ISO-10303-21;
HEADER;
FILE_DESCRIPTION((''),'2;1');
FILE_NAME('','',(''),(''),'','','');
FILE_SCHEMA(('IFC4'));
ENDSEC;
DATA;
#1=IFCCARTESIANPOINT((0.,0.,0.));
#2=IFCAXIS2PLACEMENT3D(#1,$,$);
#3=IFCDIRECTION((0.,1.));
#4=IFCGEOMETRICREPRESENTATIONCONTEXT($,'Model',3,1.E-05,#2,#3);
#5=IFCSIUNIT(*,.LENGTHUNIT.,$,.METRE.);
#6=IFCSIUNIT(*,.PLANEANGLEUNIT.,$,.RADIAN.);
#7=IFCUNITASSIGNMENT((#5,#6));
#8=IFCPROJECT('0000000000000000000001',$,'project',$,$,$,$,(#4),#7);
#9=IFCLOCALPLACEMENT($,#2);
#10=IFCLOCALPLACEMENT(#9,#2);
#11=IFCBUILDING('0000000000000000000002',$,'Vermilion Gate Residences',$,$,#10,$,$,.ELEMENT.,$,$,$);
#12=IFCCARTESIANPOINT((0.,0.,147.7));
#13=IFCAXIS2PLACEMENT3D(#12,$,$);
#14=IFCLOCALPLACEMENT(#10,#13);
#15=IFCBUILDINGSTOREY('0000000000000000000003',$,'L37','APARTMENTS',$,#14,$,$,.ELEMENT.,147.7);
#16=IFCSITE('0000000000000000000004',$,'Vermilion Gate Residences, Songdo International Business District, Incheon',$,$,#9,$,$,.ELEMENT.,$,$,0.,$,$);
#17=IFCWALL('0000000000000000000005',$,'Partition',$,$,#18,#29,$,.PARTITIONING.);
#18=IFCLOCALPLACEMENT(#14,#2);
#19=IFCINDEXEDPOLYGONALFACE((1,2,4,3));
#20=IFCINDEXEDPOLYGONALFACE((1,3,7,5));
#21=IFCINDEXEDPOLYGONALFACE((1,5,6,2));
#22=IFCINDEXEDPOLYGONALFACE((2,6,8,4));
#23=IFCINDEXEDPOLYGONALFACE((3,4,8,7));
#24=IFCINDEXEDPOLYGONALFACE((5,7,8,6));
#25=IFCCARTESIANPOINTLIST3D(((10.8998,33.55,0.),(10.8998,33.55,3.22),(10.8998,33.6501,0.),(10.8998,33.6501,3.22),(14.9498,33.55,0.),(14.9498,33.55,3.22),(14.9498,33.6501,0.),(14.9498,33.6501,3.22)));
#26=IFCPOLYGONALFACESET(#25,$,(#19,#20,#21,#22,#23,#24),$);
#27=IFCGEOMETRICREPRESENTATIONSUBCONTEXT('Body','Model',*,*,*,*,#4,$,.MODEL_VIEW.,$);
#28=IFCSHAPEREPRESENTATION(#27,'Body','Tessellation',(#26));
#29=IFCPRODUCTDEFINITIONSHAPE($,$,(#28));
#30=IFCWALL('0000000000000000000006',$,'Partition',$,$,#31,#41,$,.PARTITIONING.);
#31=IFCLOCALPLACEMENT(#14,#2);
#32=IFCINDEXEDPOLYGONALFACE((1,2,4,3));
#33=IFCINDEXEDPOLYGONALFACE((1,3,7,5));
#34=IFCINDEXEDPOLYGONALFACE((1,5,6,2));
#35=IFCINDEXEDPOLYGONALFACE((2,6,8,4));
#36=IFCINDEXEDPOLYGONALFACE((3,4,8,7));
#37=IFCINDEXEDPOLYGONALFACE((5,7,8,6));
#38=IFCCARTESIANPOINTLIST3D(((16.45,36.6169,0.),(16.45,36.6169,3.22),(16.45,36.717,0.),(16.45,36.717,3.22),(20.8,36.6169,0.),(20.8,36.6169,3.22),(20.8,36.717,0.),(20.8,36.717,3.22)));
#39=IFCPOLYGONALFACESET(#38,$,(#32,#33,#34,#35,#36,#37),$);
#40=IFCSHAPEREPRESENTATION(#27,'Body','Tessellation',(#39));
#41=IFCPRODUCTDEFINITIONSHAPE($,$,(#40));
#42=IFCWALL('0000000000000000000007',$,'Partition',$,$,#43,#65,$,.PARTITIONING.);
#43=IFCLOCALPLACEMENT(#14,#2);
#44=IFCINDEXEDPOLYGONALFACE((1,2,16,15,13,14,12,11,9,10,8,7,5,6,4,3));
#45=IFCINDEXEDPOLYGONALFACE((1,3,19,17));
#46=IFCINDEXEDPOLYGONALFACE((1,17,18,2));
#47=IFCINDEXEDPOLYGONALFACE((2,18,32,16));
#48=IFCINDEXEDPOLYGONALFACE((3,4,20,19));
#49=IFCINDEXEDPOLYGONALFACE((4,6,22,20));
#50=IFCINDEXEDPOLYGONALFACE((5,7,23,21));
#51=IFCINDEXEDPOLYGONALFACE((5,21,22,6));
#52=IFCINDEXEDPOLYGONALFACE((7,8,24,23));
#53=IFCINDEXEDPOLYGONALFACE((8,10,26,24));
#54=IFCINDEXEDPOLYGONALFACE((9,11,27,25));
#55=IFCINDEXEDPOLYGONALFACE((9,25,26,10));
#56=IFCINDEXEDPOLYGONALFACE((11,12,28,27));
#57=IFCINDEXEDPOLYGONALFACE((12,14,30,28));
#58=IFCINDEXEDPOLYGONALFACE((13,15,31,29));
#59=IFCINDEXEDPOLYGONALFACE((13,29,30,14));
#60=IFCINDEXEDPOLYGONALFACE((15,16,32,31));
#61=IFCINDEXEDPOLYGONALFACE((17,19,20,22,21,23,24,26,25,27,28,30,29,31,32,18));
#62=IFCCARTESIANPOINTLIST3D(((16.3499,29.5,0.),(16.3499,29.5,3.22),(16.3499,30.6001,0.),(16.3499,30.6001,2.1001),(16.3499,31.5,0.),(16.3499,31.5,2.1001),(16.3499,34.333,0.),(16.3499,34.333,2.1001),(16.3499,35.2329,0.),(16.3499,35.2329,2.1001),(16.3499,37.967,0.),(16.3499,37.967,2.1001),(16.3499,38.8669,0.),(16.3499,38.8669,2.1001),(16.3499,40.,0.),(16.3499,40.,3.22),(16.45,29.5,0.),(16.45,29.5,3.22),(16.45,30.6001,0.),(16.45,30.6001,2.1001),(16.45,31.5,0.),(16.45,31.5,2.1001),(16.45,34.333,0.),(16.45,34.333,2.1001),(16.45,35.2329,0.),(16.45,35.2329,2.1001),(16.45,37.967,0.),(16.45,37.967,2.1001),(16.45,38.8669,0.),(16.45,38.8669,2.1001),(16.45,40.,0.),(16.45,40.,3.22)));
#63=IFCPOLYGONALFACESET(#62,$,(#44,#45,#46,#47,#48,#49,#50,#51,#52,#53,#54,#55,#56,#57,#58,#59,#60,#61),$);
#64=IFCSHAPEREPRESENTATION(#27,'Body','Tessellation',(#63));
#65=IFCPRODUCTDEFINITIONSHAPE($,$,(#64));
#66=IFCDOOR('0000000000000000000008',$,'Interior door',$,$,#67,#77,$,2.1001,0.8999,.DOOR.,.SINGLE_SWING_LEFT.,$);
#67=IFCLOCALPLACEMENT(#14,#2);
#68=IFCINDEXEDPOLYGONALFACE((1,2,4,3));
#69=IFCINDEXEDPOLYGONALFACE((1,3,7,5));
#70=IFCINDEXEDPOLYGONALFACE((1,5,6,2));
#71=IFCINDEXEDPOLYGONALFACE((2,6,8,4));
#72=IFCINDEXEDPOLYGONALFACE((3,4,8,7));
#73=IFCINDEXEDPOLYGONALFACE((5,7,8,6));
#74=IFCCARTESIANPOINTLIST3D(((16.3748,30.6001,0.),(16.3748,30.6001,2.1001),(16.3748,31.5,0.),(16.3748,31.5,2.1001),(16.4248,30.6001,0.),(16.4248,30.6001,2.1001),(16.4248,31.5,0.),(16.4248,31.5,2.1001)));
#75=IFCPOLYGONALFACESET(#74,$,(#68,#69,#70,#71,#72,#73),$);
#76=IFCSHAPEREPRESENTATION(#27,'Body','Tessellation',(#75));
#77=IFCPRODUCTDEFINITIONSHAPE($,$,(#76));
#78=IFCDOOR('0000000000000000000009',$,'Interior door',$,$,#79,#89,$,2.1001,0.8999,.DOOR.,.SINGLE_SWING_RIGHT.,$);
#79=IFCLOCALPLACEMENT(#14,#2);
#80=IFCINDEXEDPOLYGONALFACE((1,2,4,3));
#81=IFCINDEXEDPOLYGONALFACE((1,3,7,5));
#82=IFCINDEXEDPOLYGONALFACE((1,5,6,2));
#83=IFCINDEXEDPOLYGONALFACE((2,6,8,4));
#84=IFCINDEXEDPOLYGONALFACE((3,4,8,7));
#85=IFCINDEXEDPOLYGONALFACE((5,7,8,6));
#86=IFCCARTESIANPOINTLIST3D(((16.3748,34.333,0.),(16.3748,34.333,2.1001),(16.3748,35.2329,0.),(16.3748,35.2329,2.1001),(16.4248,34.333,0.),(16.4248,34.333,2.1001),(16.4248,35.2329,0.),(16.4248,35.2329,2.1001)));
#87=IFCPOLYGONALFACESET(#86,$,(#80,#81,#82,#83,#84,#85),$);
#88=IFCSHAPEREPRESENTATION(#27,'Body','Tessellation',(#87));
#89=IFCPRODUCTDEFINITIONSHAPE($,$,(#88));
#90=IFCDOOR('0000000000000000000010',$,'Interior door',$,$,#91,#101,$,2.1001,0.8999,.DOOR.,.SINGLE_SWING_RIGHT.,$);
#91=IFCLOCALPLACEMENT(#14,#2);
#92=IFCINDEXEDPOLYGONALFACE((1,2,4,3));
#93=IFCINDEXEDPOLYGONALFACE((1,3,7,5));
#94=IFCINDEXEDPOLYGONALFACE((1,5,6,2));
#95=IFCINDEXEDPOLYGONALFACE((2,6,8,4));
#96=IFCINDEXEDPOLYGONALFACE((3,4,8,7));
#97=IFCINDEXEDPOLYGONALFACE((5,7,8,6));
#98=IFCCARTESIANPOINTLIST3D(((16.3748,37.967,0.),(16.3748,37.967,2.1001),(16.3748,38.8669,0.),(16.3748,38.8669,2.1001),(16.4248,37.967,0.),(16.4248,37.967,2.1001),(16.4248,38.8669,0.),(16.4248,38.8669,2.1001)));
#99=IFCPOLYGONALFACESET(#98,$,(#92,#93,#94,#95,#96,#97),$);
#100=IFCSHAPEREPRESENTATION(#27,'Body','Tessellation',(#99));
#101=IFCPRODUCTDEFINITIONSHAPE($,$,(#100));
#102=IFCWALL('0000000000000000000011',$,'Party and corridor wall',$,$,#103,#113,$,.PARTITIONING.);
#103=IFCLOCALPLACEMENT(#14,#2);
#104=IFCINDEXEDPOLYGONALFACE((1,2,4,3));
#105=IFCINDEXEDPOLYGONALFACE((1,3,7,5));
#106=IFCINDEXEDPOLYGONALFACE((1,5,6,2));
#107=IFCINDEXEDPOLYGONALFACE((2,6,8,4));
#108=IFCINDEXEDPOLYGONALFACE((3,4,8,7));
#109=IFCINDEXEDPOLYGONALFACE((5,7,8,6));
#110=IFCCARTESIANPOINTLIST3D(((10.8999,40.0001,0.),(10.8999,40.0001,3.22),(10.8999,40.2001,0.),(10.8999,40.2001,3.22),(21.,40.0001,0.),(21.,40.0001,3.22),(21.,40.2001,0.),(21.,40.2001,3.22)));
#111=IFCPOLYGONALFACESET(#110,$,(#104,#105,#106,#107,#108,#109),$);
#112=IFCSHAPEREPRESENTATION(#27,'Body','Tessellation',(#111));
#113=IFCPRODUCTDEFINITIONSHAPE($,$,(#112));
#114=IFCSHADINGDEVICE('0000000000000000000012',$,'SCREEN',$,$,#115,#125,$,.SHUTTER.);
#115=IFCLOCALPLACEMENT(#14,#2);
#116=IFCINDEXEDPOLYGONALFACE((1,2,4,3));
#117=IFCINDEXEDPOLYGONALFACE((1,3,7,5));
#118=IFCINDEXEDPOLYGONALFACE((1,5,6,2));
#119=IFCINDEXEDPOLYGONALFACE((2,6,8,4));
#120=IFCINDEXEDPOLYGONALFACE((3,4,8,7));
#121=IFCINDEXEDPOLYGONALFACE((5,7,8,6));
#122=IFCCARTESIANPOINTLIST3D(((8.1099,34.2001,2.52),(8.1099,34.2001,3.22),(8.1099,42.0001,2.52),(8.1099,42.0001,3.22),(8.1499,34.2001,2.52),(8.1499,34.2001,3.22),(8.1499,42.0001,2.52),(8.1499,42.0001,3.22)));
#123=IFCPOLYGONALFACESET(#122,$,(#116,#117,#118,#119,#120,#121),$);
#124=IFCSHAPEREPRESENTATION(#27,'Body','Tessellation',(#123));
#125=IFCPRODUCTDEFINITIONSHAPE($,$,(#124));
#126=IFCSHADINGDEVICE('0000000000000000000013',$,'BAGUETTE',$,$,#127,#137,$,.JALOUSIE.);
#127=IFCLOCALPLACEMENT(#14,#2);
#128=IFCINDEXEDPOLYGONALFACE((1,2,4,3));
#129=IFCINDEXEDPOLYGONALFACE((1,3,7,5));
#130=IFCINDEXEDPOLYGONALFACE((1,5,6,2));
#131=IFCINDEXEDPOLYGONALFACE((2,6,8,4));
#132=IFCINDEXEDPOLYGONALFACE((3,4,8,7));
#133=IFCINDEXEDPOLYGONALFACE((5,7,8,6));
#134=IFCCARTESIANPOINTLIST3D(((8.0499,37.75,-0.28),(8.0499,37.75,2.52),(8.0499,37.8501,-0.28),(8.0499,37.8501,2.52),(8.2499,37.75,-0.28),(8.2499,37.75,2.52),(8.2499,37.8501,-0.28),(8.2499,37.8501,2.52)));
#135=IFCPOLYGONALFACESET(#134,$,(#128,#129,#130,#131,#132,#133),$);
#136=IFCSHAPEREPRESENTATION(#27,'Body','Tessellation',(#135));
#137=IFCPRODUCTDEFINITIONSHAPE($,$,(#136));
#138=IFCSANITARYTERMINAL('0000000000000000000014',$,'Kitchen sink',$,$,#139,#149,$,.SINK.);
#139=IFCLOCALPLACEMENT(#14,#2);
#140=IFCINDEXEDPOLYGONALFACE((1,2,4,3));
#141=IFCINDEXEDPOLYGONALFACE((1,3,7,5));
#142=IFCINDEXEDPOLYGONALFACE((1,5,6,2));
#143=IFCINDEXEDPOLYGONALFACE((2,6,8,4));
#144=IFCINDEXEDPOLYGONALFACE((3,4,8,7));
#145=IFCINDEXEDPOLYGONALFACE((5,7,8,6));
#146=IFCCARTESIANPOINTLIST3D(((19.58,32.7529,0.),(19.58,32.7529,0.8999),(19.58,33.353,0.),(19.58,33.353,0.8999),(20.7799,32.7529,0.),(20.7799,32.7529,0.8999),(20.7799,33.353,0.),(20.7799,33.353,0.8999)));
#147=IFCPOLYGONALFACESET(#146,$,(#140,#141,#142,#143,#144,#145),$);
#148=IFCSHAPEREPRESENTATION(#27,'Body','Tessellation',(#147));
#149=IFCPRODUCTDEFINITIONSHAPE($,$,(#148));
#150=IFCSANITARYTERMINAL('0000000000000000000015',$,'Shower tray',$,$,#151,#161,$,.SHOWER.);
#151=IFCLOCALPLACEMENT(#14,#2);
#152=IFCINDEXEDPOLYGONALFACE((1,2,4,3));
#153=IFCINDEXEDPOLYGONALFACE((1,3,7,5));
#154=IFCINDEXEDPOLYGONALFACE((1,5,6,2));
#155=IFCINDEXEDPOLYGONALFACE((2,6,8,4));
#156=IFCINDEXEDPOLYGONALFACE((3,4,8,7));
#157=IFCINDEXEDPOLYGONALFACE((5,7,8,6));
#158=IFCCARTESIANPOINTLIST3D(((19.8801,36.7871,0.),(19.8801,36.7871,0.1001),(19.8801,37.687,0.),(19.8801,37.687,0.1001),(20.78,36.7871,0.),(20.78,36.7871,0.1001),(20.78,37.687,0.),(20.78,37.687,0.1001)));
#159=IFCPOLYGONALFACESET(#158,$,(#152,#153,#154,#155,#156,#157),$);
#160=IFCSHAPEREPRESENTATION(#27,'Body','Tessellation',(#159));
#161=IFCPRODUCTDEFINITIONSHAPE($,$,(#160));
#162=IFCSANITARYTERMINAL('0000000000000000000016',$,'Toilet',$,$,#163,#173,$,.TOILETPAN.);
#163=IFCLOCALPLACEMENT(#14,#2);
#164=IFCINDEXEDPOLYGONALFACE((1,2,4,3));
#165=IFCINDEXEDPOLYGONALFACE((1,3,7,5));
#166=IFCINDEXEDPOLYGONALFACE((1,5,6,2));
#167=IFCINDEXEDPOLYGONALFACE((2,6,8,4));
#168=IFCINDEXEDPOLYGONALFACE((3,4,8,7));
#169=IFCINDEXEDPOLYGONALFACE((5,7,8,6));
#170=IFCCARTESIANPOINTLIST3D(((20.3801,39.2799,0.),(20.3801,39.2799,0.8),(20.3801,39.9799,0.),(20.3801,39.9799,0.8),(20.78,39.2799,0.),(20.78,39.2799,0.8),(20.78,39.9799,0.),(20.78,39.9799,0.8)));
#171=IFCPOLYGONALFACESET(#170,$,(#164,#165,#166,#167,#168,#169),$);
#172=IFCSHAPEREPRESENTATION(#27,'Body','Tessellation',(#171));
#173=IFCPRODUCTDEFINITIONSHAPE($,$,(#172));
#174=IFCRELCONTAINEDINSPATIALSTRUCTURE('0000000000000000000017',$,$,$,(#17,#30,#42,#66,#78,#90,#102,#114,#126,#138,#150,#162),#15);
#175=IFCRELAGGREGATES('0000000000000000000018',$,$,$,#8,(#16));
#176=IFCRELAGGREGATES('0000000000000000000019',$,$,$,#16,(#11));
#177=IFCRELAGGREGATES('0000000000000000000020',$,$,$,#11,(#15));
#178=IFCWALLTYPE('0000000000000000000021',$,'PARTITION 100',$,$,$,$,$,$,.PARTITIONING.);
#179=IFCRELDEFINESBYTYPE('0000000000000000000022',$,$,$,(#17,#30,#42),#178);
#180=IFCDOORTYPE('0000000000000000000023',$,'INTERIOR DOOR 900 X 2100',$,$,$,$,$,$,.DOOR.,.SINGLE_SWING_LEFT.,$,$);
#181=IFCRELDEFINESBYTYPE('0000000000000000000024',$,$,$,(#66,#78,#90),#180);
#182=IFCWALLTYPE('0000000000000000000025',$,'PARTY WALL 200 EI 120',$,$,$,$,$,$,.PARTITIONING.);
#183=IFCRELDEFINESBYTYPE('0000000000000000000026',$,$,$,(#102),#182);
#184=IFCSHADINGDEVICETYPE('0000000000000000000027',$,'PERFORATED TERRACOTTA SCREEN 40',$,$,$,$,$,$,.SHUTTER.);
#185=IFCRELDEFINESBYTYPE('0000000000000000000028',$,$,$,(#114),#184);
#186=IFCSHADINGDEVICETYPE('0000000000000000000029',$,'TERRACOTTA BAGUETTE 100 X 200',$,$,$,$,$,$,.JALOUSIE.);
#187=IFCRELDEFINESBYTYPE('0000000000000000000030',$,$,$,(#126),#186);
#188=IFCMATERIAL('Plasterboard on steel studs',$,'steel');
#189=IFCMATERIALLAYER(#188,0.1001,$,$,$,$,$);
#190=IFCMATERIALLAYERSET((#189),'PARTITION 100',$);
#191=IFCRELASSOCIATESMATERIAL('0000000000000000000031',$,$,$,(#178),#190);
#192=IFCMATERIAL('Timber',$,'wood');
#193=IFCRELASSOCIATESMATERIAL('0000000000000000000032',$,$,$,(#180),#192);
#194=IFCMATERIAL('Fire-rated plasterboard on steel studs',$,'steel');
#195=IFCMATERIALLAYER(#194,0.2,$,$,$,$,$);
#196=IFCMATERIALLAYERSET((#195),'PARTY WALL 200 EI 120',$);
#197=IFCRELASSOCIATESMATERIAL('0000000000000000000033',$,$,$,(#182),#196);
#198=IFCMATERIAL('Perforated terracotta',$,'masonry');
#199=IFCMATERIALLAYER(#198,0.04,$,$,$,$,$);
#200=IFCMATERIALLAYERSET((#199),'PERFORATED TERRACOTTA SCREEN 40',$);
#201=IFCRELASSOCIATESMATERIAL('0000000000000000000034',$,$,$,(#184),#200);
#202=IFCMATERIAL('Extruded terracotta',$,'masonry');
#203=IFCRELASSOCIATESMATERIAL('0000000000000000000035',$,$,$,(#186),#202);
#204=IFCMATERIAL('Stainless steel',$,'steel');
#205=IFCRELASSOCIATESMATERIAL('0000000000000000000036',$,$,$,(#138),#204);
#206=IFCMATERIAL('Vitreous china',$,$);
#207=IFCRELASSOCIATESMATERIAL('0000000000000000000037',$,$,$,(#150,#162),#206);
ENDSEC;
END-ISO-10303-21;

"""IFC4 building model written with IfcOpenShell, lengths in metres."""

from ifc_helpers import new_model, si_unit, direction, frame, frame_2d, origin, origin_2d, place, context, subcontext, project, spatial, rectangle, extrude, material, layer, layer_set, material_profile, profile_set, type_object, element, fill, save


model = new_model("IFC4")

# Units and contexts
model_context = context("Model", 3, precision=1e-05, world=origin(), true_north=direction((0.0, 1.0)))
body_context = subcontext(model_context, "Body", "Model", "MODEL_VIEW")
ifc_project = project(units=[si_unit("LENGTHUNIT", "METRE"), si_unit("PLANEANGLEUNIT", "RADIAN")], contexts=[model_context])

# Site, building, storey
site_placement = place(None, origin())
site = spatial("IfcSite", under=ifc_project, at=site_placement, Name="Vermilion Gate Residences, Songdo International Business District, Incheon", CompositionType="ELEMENT", RefElevation=0.0)
building_placement = place(site_placement, origin())
building = spatial("IfcBuilding", under=site, at=building_placement, Name="Vermilion Gate Residences", CompositionType="ELEMENT")
storey_placement = place(building_placement, frame((0.0, 0.0, 147.7)))
storey = spatial("IfcBuildingStorey", under=building, at=storey_placement, Name="L37", Description="APARTMENTS", CompositionType="ELEMENT", Elevation=147.7)

# Walls
ifc_material_1 = material(Name="Plasterboard on steel studs", Category="steel")
ifc_layer_1 = layer(ifc_material_1, 0.1001)
ifc_layer_set_1 = layer_set([ifc_layer_1], Name="PARTITION 100")
wall_type_1 = type_object("IfcWallType", Name="PARTITION 100", PredefinedType="PARTITIONING", material=ifc_layer_set_1)
wall_1_placement = place(storey_placement, frame((10.8999, 33.6001, 0.0), z_axis=(0.0, 0.0, 1.0), x_axis=(1.0, 0.0, 0.0)))
element("IfcWall", 1, at=wall_1_placement, inside=storey, type_object=wall_type_1, Name="Partition", PredefinedType="PARTITIONING", context=body_context, shape_type="SweptSolid", body=[
    extrude(rectangle(XDim=4.05, YDim=0.1001, at=frame_2d((2.0249, 0.0))), origin(), (0.0, 0.0, 1.0), 3.22),
])
wall_2_placement = place(storey_placement, frame((16.45, 36.667, 0.0), z_axis=(0.0, 0.0, 1.0), x_axis=(1.0, 0.0, 0.0)))
element("IfcWall", 2, at=wall_2_placement, inside=storey, type_object=wall_type_1, Name="Partition", PredefinedType="PARTITIONING", context=body_context, shape_type="SweptSolid", body=[
    extrude(rectangle(XDim=4.3501, YDim=0.1001, at=frame_2d((2.175, 0.0))), origin(), (0.0, 0.0, 1.0), 3.22),
])

# Wall, openings, doors
wall_3_placement = place(storey_placement, frame((16.3999, 29.5, 0.0), z_axis=(0.0, 0.0, 1.0), x_axis=(0.0, 1.0, 0.0)))
wall_3 = element("IfcWall", 3, at=wall_3_placement, inside=storey, type_object=wall_type_1, Name="Partition", PredefinedType="PARTITIONING", context=body_context, shape_type="SweptSolid", body=[
    extrude(rectangle(XDim=10.5, YDim=0.1001, at=frame_2d((5.25, 0.0))), origin(), (0.0, 0.0, 1.0), 3.22),
])
opening_1_placement = place(wall_3_placement, frame((1.1001, 0.0, 0.0)))
opening_1 = element("IfcOpeningElement", 4, at=opening_1_placement, cuts=wall_3, PredefinedType="OPENING", context=body_context, shape_type="SweptSolid", body=[
    extrude(rectangle(XDim=0.8999, YDim=2.1001, at=frame_2d((0.45, 1.05))), frame((0.0, 0.0601, 0.0), z_axis=(0.0, -1.0, 0.0), x_axis=(1.0, 0.0, 0.0)), (0.0, 0.0, 1.0), 0.1201),
])
opening_2_placement = place(wall_3_placement, frame((4.833, 0.0, 0.0)))
opening_2 = element("IfcOpeningElement", 5, at=opening_2_placement, cuts=wall_3, PredefinedType="OPENING", context=body_context, shape_type="SweptSolid", body=[
    extrude(rectangle(XDim=0.8999, YDim=2.1001, at=frame_2d((0.45, 1.05))), frame((0.0, 0.0601, 0.0), z_axis=(0.0, -1.0, 0.0), x_axis=(1.0, 0.0, 0.0)), (0.0, 0.0, 1.0), 0.1201),
])
opening_3_placement = place(wall_3_placement, frame((8.467, 0.0, 0.0)))
opening_3 = element("IfcOpeningElement", 6, at=opening_3_placement, cuts=wall_3, PredefinedType="OPENING", context=body_context, shape_type="SweptSolid", body=[
    extrude(rectangle(XDim=0.8999, YDim=2.1001, at=frame_2d((0.45, 1.05))), frame((0.0, 0.0601, 0.0), z_axis=(0.0, -1.0, 0.0), x_axis=(1.0, 0.0, 0.0)), (0.0, 0.0, 1.0), 0.1201),
])
ifc_material_2 = material(Name="Timber", Category="wood")
door_type_1 = type_object("IfcDoorType", Name="INTERIOR DOOR 900 X 2100", OperationType="SINGLE_SWING_LEFT", PredefinedType="DOOR", material=ifc_material_2)
door_1_placement = place(opening_1_placement, frame((0.8999, 0.0, 0.0), z_axis=(0.0, 0.0, 1.0), x_axis=(-1.0, 0.0, 0.0)))
door_1 = element("IfcDoor", 7, at=door_1_placement, inside=storey, type_object=door_type_1, Name="Interior door", OperationType="SINGLE_SWING_LEFT", OverallHeight=2.1001, OverallWidth=0.8999, PredefinedType="DOOR", context=body_context, shape_type="SweptSolid", body=[
    extrude(rectangle(XDim=0.8999, YDim=2.1001, at=frame_2d((0.45, 1.05))), frame((0.0, 0.0249, 0.0), z_axis=(0.0, -1.0, 0.0), x_axis=(1.0, 0.0, 0.0)), (0.0, 0.0, 1.0), 0.05),
])
fill(opening_1, door_1)
door_2_placement = place(opening_2_placement, frame((0.8999, 0.0, 0.0), z_axis=(0.0, 0.0, 1.0), x_axis=(-1.0, 0.0, 0.0)))
door_2 = element("IfcDoor", 8, at=door_2_placement, inside=storey, type_object=door_type_1, Name="Interior door", OperationType="SINGLE_SWING_RIGHT", OverallHeight=2.1001, OverallWidth=0.8999, PredefinedType="DOOR", context=body_context, shape_type="SweptSolid", body=[
    extrude(rectangle(XDim=0.8999, YDim=2.1001, at=frame_2d((0.45, 1.05))), frame((0.0, 0.0249, 0.0), z_axis=(0.0, -1.0, 0.0), x_axis=(1.0, 0.0, 0.0)), (0.0, 0.0, 1.0), 0.05),
])
fill(opening_2, door_2)
door_3_placement = place(opening_3_placement, frame((0.8999, 0.0, 0.0), z_axis=(0.0, 0.0, 1.0), x_axis=(-1.0, 0.0, 0.0)))
door_3 = element("IfcDoor", 9, at=door_3_placement, inside=storey, type_object=door_type_1, Name="Interior door", OperationType="SINGLE_SWING_RIGHT", OverallHeight=2.1001, OverallWidth=0.8999, PredefinedType="DOOR", context=body_context, shape_type="SweptSolid", body=[
    extrude(rectangle(XDim=0.8999, YDim=2.1001, at=frame_2d((0.45, 1.05))), frame((0.0, 0.0249, 0.0), z_axis=(0.0, -1.0, 0.0), x_axis=(1.0, 0.0, 0.0)), (0.0, 0.0, 1.0), 0.05),
])
fill(opening_3, door_3)

# Wall
ifc_material_3 = material(Name="Fire-rated plasterboard on steel studs", Category="steel")
ifc_layer_2 = layer(ifc_material_3, 0.2)
ifc_layer_set_2 = layer_set([ifc_layer_2], Name="PARTY WALL 200 EI 120")
wall_type_2 = type_object("IfcWallType", Name="PARTY WALL 200 EI 120", PredefinedType="PARTITIONING", material=ifc_layer_set_2)
wall_4_placement = place(storey_placement, frame((10.8999, 40.1001, 0.0), z_axis=(0.0, 0.0, 1.0), x_axis=(1.0, 0.0, 0.0)))
element("IfcWall", 10, at=wall_4_placement, inside=storey, type_object=wall_type_2, Name="Party and corridor wall", PredefinedType="PARTITIONING", context=body_context, shape_type="SweptSolid", body=[
    extrude(rectangle(XDim=10.1001, YDim=0.2, at=frame_2d((5.05, 0.0))), origin(), (0.0, 0.0, 1.0), 3.22),
])

# Shading devices
ifc_material_4 = material(Name="Perforated terracotta", Category="masonry")
ifc_layer_3 = layer(ifc_material_4, 0.04)
ifc_layer_set_3 = layer_set([ifc_layer_3], Name="PERFORATED TERRACOTTA SCREEN 40")
shading_device_type_1 = type_object("IfcShadingDeviceType", Name="PERFORATED TERRACOTTA SCREEN 40", PredefinedType="SHUTTER", material=ifc_layer_set_3)
shading_device_1_placement = place(storey_placement, frame((8.1299, 38.1001, 2.52), z_axis=(0.0, 0.0, 1.0), x_axis=(0.0, -1.0, 0.0)))
element("IfcShadingDevice", 11, at=shading_device_1_placement, inside=storey, type_object=shading_device_type_1, Name="SCREEN", PredefinedType="SHUTTER", context=body_context, shape_type="SweptSolid", body=[
    extrude(rectangle(XDim=7.8, YDim=0.04, at=origin_2d()), origin(), (0.0, 0.0, 1.0), 0.7),
])
ifc_material_5 = material(Name="Extruded terracotta", Category="masonry")
ifc_material_profile_1 = material_profile(ifc_material_5, rectangle(XDim=0.2, YDim=0.1001, at=origin_2d()), Name="BAGUETTE 100 X 200")
ifc_profile_set_1 = profile_set([ifc_material_profile_1], Name="Extruded terracotta")
shading_device_type_2 = type_object("IfcShadingDeviceType", Name="TERRACOTTA BAGUETTE 100 X 200", PredefinedType="JALOUSIE", material=ifc_profile_set_1)
shading_device_2_placement = place(storey_placement, frame((8.1499, 37.8, -0.28), z_axis=(0.0, 0.0, 1.0), x_axis=(1.0, 0.0, 0.0)))
element("IfcShadingDevice", 12, at=shading_device_2_placement, inside=storey, type_object=shading_device_type_2, Name="BAGUETTE", PredefinedType="JALOUSIE", context=body_context, shape_type="SweptSolid", body=[
    extrude(rectangle(XDim=0.2, YDim=0.1001, at=origin_2d()), origin(), (0.0, 0.0, 1.0), 2.8),
])

# Sanitary terminals
ifc_material_6 = material(Name="Stainless steel", Category="steel")
sanitary_terminal_1_placement = place(storey_placement, frame((20.1799, 33.053, 0.0), z_axis=(0.0, 0.0, 1.0), x_axis=(1.0, 0.0, 0.0)))
element("IfcSanitaryTerminal", 13, at=sanitary_terminal_1_placement, inside=storey, material=ifc_material_6, Name="Kitchen sink", PredefinedType="SINK", context=body_context, shape_type="SweptSolid", body=[
    extrude(rectangle(XDim=1.2, YDim=0.6001, at=origin_2d()), origin(), (0.0, 0.0, 1.0), 0.8999),
])
ifc_material_7 = material(Name="Vitreous china")
sanitary_terminal_2_placement = place(storey_placement, frame((20.3301, 37.2371, 0.0), z_axis=(0.0, 0.0, 1.0), x_axis=(1.0, 0.0, 0.0)))
element("IfcSanitaryTerminal", 14, at=sanitary_terminal_2_placement, inside=storey, material=ifc_material_7, Name="Shower tray", PredefinedType="SHOWER", context=body_context, shape_type="SweptSolid", body=[
    extrude(rectangle(XDim=0.8999, YDim=0.8999, at=origin_2d()), origin(), (0.0, 0.0, 1.0), 0.1001),
])
sanitary_terminal_3_placement = place(storey_placement, frame((20.5801, 39.6299, 0.0), z_axis=(0.0, 0.0, 1.0), x_axis=(1.0, 0.0, 0.0)))
element("IfcSanitaryTerminal", 15, at=sanitary_terminal_3_placement, inside=storey, material=ifc_material_7, Name="Toilet", PredefinedType="TOILETPAN", context=body_context, shape_type="SweptSolid", body=[
    extrude(rectangle(XDim=0.3999, YDim=0.7, at=origin_2d()), origin(), (0.0, 0.0, 1.0), 0.8),
])

save(model, "model.ifc")
